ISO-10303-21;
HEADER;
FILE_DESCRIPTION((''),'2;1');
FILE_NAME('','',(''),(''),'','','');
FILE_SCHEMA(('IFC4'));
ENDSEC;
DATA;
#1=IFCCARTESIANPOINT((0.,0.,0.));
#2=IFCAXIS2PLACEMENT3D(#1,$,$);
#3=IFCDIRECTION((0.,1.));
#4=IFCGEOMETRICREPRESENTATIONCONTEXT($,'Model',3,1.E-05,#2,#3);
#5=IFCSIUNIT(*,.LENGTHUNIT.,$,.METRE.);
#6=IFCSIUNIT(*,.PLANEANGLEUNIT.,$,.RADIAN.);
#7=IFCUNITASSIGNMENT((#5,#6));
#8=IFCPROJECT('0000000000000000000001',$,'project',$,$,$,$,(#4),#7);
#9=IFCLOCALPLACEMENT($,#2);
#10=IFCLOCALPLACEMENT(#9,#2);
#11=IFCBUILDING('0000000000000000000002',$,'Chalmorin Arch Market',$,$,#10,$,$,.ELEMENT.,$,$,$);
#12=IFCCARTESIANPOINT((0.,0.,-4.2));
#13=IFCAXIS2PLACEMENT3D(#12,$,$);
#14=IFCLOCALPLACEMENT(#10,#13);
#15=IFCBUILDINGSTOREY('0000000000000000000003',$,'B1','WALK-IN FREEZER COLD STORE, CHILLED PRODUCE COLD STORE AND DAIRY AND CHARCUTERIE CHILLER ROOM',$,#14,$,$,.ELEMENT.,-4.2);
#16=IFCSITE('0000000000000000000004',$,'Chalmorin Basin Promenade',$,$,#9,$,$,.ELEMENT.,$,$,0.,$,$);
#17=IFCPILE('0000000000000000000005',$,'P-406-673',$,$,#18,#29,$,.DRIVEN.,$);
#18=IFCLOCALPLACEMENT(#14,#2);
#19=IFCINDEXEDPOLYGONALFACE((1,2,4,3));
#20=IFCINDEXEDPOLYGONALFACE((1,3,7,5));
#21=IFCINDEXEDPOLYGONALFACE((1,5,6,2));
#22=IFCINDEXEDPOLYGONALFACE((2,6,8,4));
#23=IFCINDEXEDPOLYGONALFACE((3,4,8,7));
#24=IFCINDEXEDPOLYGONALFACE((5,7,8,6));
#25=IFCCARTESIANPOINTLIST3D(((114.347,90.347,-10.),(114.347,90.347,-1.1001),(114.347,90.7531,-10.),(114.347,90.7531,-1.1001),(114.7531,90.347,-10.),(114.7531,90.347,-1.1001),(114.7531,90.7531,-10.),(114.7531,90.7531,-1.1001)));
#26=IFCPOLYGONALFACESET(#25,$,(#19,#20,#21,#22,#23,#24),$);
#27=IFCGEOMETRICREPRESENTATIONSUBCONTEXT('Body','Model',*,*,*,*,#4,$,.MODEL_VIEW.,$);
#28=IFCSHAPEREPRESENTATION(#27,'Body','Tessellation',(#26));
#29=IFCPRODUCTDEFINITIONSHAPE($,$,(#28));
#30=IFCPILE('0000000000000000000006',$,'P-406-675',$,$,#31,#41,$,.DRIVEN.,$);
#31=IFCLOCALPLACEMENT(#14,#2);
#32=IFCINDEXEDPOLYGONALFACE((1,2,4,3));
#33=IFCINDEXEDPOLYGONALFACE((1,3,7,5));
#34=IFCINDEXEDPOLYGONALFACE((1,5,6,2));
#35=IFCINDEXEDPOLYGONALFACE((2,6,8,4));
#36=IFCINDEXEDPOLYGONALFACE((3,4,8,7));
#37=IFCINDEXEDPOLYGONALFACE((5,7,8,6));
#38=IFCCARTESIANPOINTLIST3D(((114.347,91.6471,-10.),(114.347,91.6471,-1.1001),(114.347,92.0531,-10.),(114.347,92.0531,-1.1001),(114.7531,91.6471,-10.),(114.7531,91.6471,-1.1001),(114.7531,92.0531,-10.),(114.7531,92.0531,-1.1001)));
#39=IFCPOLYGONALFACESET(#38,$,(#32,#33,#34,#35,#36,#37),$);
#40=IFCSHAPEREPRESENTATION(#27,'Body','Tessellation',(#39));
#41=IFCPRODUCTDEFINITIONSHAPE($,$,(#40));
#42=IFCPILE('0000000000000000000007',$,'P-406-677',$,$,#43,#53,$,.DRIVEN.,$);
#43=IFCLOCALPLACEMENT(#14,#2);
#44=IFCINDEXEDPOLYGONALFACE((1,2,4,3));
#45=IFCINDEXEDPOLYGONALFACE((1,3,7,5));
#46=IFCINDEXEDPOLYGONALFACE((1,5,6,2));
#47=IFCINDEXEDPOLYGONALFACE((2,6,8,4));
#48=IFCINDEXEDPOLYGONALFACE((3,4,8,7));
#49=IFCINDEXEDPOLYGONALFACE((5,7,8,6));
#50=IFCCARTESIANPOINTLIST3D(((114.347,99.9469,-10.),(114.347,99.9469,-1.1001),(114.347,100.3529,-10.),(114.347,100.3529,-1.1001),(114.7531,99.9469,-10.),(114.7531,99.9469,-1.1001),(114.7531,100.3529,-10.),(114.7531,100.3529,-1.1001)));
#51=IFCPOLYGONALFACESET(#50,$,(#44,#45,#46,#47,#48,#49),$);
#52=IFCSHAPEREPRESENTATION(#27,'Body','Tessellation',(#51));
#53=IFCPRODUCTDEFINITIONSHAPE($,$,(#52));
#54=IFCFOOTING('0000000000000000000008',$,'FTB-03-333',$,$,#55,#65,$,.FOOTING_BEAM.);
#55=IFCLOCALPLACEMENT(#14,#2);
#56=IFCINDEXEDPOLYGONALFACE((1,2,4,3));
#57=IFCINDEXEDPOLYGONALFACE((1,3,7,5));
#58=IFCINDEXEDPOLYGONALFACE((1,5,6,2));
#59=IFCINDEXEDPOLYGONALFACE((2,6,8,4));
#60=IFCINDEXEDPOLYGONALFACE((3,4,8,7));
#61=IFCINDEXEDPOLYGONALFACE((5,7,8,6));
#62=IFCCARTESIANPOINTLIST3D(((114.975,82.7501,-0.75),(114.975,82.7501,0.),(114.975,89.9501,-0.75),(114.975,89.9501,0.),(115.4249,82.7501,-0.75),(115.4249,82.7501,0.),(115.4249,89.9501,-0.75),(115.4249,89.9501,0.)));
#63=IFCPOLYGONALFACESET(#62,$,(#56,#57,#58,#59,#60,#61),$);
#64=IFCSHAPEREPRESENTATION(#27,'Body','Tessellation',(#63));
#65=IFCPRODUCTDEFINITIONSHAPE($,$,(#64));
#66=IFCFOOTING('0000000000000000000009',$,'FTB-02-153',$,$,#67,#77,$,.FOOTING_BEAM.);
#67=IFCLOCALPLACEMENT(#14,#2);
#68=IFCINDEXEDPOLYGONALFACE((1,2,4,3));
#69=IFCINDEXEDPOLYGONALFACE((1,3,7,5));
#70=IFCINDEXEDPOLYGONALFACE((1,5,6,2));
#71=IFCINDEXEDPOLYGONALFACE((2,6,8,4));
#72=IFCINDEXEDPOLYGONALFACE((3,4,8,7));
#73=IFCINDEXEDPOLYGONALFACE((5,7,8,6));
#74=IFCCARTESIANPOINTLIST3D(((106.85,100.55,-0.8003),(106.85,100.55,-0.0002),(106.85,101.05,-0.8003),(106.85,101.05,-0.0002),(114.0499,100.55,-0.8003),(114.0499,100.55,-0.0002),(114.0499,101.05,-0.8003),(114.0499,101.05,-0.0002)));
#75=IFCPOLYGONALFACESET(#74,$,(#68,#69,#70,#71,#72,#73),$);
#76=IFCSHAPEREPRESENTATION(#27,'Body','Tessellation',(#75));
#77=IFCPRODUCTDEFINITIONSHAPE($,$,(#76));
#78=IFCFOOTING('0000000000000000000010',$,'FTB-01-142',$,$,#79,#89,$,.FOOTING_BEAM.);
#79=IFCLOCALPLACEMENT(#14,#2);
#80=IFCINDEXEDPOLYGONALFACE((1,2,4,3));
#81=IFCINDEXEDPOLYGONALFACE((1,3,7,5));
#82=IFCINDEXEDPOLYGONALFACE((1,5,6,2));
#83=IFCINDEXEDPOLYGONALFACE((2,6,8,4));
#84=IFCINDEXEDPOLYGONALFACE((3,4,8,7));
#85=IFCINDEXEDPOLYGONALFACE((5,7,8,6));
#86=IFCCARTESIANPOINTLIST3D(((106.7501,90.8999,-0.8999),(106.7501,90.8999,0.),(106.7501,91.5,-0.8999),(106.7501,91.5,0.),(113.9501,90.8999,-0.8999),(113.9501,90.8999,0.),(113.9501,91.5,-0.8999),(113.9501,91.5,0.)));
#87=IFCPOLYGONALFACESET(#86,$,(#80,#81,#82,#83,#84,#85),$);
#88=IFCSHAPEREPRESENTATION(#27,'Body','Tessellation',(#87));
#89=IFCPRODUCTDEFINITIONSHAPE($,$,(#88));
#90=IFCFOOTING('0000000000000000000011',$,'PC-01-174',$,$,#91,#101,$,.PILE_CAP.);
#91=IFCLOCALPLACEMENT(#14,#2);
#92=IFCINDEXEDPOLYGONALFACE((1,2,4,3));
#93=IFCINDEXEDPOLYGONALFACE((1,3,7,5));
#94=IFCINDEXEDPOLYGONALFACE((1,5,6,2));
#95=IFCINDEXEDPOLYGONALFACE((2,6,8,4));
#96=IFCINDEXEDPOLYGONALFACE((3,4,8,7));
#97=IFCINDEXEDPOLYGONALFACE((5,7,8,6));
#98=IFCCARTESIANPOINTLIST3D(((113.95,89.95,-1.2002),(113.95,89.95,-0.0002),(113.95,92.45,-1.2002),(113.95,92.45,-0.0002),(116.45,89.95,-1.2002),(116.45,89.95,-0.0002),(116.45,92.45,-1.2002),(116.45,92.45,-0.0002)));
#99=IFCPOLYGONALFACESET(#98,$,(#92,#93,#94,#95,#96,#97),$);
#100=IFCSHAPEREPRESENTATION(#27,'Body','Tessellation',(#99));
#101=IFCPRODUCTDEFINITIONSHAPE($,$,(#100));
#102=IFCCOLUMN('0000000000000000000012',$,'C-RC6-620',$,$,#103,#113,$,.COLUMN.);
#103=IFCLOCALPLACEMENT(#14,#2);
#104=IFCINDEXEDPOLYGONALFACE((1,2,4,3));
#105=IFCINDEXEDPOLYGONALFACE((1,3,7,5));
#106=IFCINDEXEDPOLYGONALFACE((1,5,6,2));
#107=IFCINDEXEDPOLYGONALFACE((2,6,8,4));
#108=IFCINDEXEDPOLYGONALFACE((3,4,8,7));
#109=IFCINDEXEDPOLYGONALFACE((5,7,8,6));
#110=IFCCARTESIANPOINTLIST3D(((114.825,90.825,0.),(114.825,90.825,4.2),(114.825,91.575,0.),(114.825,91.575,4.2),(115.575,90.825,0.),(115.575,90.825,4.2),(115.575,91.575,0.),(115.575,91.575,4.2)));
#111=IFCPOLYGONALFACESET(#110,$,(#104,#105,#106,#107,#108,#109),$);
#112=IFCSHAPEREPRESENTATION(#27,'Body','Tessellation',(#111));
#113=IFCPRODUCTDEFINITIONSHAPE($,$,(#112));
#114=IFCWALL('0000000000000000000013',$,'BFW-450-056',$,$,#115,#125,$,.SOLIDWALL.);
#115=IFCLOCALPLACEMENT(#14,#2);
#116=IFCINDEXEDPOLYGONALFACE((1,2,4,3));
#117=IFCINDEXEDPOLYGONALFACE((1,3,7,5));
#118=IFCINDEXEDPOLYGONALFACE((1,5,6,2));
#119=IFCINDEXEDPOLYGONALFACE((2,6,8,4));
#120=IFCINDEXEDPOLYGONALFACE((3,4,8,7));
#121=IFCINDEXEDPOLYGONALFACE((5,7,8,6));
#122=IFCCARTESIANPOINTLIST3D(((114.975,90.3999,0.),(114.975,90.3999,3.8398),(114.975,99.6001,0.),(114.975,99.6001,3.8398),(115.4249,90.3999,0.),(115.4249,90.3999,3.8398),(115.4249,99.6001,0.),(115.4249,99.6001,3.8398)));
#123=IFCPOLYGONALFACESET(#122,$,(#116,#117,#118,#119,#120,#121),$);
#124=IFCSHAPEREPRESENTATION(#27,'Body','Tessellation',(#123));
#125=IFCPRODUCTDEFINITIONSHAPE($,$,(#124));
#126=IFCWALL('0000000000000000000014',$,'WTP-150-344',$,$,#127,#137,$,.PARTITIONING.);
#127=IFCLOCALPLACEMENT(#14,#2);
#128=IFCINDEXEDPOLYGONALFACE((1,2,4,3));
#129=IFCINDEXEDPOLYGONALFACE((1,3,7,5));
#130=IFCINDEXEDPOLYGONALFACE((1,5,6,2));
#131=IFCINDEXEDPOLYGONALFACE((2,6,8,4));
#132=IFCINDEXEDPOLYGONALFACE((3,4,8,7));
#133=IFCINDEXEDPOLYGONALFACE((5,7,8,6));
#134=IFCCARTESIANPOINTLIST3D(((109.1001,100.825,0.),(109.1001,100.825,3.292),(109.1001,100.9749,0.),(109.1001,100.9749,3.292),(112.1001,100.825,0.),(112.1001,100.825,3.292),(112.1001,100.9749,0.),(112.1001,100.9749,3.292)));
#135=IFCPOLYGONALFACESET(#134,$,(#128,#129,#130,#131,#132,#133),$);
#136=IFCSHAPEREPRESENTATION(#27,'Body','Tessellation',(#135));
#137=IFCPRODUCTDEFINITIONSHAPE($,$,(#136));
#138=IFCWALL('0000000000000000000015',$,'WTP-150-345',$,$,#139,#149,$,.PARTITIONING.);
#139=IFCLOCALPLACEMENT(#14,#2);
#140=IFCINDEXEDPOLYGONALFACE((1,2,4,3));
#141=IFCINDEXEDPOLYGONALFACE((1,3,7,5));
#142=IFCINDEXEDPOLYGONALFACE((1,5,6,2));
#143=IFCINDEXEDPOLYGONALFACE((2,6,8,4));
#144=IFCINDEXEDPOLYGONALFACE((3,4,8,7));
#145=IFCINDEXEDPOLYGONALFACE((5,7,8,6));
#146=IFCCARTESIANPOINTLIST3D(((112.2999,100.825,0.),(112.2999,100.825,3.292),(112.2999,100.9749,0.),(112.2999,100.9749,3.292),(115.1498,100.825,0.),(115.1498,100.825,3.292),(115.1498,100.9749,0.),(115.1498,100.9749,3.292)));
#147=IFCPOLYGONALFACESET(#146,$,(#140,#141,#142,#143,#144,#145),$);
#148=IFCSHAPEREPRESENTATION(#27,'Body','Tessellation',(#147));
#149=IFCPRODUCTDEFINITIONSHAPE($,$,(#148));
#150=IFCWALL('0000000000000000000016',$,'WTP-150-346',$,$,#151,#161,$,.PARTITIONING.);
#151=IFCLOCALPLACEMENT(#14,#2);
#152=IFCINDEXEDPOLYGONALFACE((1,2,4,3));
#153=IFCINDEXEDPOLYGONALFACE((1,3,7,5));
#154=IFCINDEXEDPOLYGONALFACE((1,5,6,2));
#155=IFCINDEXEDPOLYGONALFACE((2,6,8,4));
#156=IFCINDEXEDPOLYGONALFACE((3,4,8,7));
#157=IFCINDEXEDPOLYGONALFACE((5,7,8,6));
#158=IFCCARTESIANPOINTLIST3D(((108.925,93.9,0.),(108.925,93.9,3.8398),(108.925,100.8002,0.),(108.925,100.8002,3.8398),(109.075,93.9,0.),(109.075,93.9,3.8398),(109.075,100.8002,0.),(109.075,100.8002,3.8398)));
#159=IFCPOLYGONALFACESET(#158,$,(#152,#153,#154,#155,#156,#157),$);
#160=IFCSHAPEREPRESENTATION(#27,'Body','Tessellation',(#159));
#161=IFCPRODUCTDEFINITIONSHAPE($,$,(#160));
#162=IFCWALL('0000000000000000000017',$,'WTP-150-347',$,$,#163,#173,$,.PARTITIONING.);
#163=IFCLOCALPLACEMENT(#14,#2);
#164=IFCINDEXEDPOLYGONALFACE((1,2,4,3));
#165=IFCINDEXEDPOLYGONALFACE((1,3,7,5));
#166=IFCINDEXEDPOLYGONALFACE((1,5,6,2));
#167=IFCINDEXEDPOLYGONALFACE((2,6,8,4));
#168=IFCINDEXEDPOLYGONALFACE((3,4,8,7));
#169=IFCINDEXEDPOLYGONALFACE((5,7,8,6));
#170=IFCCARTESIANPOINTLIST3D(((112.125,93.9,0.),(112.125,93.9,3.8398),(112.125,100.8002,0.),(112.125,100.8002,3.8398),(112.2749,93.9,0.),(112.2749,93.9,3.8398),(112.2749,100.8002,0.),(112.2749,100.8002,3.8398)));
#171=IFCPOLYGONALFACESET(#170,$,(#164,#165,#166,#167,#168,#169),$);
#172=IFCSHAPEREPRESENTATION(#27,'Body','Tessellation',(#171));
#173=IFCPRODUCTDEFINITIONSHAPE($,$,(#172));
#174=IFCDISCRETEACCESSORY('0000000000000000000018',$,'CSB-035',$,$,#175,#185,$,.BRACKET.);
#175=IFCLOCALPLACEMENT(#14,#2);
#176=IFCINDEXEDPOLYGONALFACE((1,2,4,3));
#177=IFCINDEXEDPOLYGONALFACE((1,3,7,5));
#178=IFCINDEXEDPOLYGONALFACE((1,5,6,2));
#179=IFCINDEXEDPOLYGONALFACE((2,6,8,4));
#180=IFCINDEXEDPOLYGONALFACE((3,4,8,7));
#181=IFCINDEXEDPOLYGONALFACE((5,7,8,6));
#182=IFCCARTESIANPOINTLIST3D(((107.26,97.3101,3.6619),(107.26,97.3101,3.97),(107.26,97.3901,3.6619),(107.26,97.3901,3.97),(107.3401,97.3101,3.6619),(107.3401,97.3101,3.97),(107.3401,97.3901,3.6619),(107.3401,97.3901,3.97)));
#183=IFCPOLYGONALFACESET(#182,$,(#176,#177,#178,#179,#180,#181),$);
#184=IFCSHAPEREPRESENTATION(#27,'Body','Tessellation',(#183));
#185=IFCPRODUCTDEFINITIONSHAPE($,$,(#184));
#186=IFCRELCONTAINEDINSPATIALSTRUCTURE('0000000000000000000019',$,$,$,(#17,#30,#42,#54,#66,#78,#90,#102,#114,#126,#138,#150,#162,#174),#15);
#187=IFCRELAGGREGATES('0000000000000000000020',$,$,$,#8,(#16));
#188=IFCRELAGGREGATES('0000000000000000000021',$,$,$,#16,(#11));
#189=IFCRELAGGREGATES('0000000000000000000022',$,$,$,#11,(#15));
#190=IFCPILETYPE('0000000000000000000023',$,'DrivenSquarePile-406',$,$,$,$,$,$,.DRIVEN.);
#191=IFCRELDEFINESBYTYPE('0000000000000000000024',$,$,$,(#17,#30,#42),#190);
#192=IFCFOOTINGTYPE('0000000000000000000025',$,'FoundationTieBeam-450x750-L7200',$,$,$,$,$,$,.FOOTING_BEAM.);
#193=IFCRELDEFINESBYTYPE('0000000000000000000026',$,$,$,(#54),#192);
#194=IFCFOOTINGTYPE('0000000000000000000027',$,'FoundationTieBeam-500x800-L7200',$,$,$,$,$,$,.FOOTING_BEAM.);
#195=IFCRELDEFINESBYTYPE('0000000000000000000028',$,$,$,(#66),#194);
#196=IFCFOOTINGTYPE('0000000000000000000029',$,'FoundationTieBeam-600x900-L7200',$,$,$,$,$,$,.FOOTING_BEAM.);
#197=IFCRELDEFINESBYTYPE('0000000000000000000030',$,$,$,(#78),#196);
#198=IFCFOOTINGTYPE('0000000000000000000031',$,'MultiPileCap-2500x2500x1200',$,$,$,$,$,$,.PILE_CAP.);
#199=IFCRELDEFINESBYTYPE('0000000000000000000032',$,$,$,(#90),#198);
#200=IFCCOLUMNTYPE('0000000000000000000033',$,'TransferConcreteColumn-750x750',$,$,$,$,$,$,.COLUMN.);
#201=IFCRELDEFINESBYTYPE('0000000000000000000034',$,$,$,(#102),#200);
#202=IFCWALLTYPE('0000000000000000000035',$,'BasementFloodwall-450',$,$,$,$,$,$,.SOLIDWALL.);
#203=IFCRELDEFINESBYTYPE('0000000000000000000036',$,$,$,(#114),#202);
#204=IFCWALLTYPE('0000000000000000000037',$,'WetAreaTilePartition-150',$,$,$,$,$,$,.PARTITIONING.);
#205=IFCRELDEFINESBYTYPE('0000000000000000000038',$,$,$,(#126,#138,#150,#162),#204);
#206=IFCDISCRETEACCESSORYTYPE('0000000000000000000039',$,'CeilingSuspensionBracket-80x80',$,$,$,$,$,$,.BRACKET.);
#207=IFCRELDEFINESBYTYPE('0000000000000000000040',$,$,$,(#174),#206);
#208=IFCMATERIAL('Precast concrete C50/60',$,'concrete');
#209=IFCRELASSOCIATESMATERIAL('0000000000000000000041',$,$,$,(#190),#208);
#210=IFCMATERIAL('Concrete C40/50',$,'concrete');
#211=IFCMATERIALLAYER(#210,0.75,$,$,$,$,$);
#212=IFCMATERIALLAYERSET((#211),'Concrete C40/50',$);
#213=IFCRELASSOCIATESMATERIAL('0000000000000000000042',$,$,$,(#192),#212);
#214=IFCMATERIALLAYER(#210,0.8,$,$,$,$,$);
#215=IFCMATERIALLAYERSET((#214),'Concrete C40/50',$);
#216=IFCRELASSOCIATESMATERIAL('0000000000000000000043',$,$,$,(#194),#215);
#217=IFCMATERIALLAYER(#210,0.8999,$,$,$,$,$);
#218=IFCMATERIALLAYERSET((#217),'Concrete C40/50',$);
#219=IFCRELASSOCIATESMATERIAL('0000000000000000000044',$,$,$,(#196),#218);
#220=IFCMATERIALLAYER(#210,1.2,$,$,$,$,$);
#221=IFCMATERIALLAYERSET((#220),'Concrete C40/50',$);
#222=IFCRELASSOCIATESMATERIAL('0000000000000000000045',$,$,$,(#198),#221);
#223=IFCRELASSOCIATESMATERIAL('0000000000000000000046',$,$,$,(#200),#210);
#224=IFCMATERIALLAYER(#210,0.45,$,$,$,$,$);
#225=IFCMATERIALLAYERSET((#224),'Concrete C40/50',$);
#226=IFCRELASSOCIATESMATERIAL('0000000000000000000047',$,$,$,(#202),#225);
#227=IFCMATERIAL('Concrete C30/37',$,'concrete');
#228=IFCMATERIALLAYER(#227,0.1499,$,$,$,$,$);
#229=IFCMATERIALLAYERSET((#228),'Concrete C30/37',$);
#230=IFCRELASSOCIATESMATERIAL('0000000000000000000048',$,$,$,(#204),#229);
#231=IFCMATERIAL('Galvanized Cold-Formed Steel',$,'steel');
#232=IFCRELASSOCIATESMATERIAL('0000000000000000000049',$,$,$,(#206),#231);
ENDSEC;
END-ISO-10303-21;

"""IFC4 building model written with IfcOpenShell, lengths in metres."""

from ifc_helpers import new_model, si_unit, direction, frame, frame_2d, origin, origin_2d, place, context, subcontext, project, spatial, rectangle, extrude, material, layer, layer_set, material_profile, profile_set, type_object, element, save


model = new_model("IFC4")

# Units and contexts
model_context = context("Model", 3, precision=1e-05, world=origin(), true_north=direction((0.0, 1.0)))
body_context = subcontext(model_context, "Body", "Model", "MODEL_VIEW")
ifc_project = project(units=[si_unit("LENGTHUNIT", "METRE"), si_unit("PLANEANGLEUNIT", "RADIAN")], contexts=[model_context])

# Site, building, storey
site_placement = place(None, origin())
site = spatial("IfcSite", under=ifc_project, at=site_placement, Name="Chalmorin Basin Promenade", CompositionType="ELEMENT", RefElevation=0.0)
building_placement = place(site_placement, origin())
building = spatial("IfcBuilding", under=site, at=building_placement, Name="Chalmorin Arch Market", CompositionType="ELEMENT")
storey_placement = place(building_placement, frame((0.0, 0.0, -4.2)))
storey = spatial("IfcBuildingStorey", under=building, at=storey_placement, Name="B1", Description="WALK-IN FREEZER COLD STORE, CHILLED PRODUCE COLD STORE AND DAIRY AND CHARCUTERIE CHILLER ROOM", CompositionType="ELEMENT", Elevation=-4.2)

# Piles
ifc_material_1 = material(Name="Precast concrete C50/60", Category="concrete")
ifc_material_profile_1 = material_profile(ifc_material_1, rectangle(XDim=0.406, YDim=0.406, at=origin_2d()), Name="PPC406")
ifc_profile_set_1 = profile_set([ifc_material_profile_1], Name="Precast concrete C50/60")
pile_type = type_object("IfcPileType", Name="DrivenSquarePile-406", PredefinedType="DRIVEN", material=ifc_profile_set_1)
for number, where, z_axis, x_axis, name in (
    (1, (114.55, 90.55, -1.1001), (0.0, 0.0, -1.0), (1.0, 0.0, 0.0), "P-406-673"),
    (2, (114.55, 91.8501, -1.1001), (0.0, 0.0, -1.0), (1.0, 0.0, 0.0), "P-406-675"),
    (3, (114.55, 100.1499, -1.1001), (0.0, 0.0, -1.0), (1.0, 0.0, 0.0), "P-406-677"),
):
    element("IfcPile", number, at=place(storey_placement, frame(where, z_axis=z_axis, x_axis=x_axis)), inside=storey, type_object=pile_type, Name=name, PredefinedType="DRIVEN", context=body_context, shape_type="SweptSolid", body=[
        extrude(rectangle(XDim=0.406, YDim=0.406, at=origin_2d()), origin(), (0.0, 0.0, 1.0), 8.8999),
    ])

# Footings
ifc_material_2 = material(Name="Concrete C40/50", Category="concrete")
ifc_layer_1 = layer(ifc_material_2, 0.75)
ifc_layer_set_1 = layer_set([ifc_layer_1], Name="Concrete C40/50")
footing_type_1 = type_object("IfcFootingType", Name="FoundationTieBeam-450x750-L7200", PredefinedType="FOOTING_BEAM", material=ifc_layer_set_1)
footing_1_placement = place(storey_placement, frame((115.2, 86.3501, -0.75), z_axis=(0.0, 0.0, 1.0), x_axis=(0.0, 1.0, 0.0)))
element("IfcFooting", 4, at=footing_1_placement, inside=storey, type_object=footing_type_1, Name="FTB-03-333", PredefinedType="FOOTING_BEAM", context=body_context, shape_type="SweptSolid", body=[
    extrude(rectangle(XDim=7.2, YDim=0.45, at=origin_2d()), origin(), (0.0, 0.0, 1.0), 0.75),
])
ifc_layer_2 = layer(ifc_material_2, 0.8)
ifc_layer_set_2 = layer_set([ifc_layer_2], Name="Concrete C40/50")
footing_type_2 = type_object("IfcFootingType", Name="FoundationTieBeam-500x800-L7200", PredefinedType="FOOTING_BEAM", material=ifc_layer_set_2)
footing_2_placement = place(storey_placement, frame((110.45, 100.8, -0.8003), z_axis=(0.0, 0.0, 1.0), x_axis=(1.0, 0.0, 0.0)))
element("IfcFooting", 5, at=footing_2_placement, inside=storey, type_object=footing_type_2, Name="FTB-02-153", PredefinedType="FOOTING_BEAM", context=body_context, shape_type="SweptSolid", body=[
    extrude(rectangle(XDim=7.2, YDim=0.5, at=origin_2d()), origin(), (0.0, 0.0, 1.0), 0.8),
])
ifc_layer_3 = layer(ifc_material_2, 0.8999)
ifc_layer_set_3 = layer_set([ifc_layer_3], Name="Concrete C40/50")
footing_type_3 = type_object("IfcFootingType", Name="FoundationTieBeam-600x900-L7200", PredefinedType="FOOTING_BEAM", material=ifc_layer_set_3)
footing_3_placement = place(storey_placement, frame((110.3501, 91.2, -0.8999), z_axis=(0.0, 0.0, 1.0), x_axis=(1.0, 0.0, 0.0)))
element("IfcFooting", 6, at=footing_3_placement, inside=storey, type_object=footing_type_3, Name="FTB-01-142", PredefinedType="FOOTING_BEAM", context=body_context, shape_type="SweptSolid", body=[
    extrude(rectangle(XDim=7.2, YDim=0.6001, at=origin_2d()), origin(), (0.0, 0.0, 1.0), 0.8999),
])
ifc_layer_4 = layer(ifc_material_2, 1.2)
ifc_layer_set_4 = layer_set([ifc_layer_4], Name="Concrete C40/50")
footing_type_4 = type_object("IfcFootingType", Name="MultiPileCap-2500x2500x1200", PredefinedType="PILE_CAP", material=ifc_layer_set_4)
footing_4_placement = place(storey_placement, frame((115.2, 91.2, -1.2002), z_axis=(0.0, 0.0, 1.0), x_axis=(1.0, 0.0, 0.0)))
element("IfcFooting", 7, at=footing_4_placement, inside=storey, type_object=footing_type_4, Name="PC-01-174", PredefinedType="PILE_CAP", context=body_context, shape_type="SweptSolid", body=[
    extrude(rectangle(XDim=2.5, YDim=2.5, at=origin_2d()), origin(), (0.0, 0.0, 1.0), 1.2),
])

# Column
ifc_material_profile_2 = material_profile(ifc_material_2, rectangle(XDim=0.75, YDim=0.75, at=origin_2d()), Name="RC750X750")
ifc_profile_set_2 = profile_set([ifc_material_profile_2], Name="Concrete C40/50")
column_type = type_object("IfcColumnType", Name="TransferConcreteColumn-750x750", PredefinedType="COLUMN", material=ifc_profile_set_2)
column_placement = place(storey_placement, frame((115.2, 91.2, 0.0), z_axis=(0.0, 0.0, 1.0), x_axis=(1.0, 0.0, 0.0)))
element("IfcColumn", 8, at=column_placement, inside=storey, type_object=column_type, Name="C-RC6-620", PredefinedType="COLUMN", context=body_context, shape_type="SweptSolid", body=[
    extrude(rectangle(XDim=0.75, YDim=0.75, at=origin_2d()), origin(), (0.0, 0.0, 1.0), 4.2),
])

# Wall
ifc_layer_5 = layer(ifc_material_2, 0.45)
ifc_layer_set_5 = layer_set([ifc_layer_5], Name="Concrete C40/50")
wall_type_1 = type_object("IfcWallType", Name="BasementFloodwall-450", PredefinedType="SOLIDWALL", material=ifc_layer_set_5)
wall_1_placement = place(storey_placement, frame((115.2, 90.3999, 0.0), z_axis=(0.0, 0.0, 1.0), x_axis=(0.0, 1.0, 0.0)))
element("IfcWall", 9, at=wall_1_placement, inside=storey, type_object=wall_type_1, Name="BFW-450-056", PredefinedType="SOLIDWALL", context=body_context, shape_type="SweptSolid", body=[
    extrude(rectangle(XDim=9.2002, YDim=0.45, at=frame_2d((4.6001, 0.0))), origin(), (0.0, 0.0, 1.0), 3.8398),
])

# Shared definitions
ifc_material_3 = material(Name="Concrete C30/37", Category="concrete")
ifc_layer_6 = layer(ifc_material_3, 0.1499)
ifc_layer_set_6 = layer_set([ifc_layer_6], Name="Concrete C30/37")
wall_type_2 = type_object("IfcWallType", Name="WetAreaTilePartition-150", PredefinedType="PARTITIONING", material=ifc_layer_set_6)

# Walls
wall_2_placement = place(storey_placement, frame((109.1001, 100.8999, 0.0), z_axis=(0.0, 0.0, 1.0), x_axis=(1.0, 0.0, 0.0)))
element("IfcWall", 10, at=wall_2_placement, inside=storey, type_object=wall_type_2, Name="WTP-150-344", PredefinedType="PARTITIONING", context=body_context, shape_type="SweptSolid", body=[
    extrude(rectangle(XDim=3.0, YDim=0.1499, at=frame_2d((1.5, 0.0))), origin(), (0.0, 0.0, 1.0), 3.292),
])
wall_3_placement = place(storey_placement, frame((112.3, 100.8999, 0.0), z_axis=(0.0, 0.0, 1.0), x_axis=(1.0, 0.0, 0.0)))
element("IfcWall", 11, at=wall_3_placement, inside=storey, type_object=wall_type_2, Name="WTP-150-345", PredefinedType="PARTITIONING", context=body_context, shape_type="SweptSolid", body=[
    extrude(rectangle(XDim=2.8499, YDim=0.1499, at=frame_2d((1.4248, 0.0))), origin(), (0.0, 0.0, 1.0), 3.292),
])
for number, where, z_axis, x_axis, name in (
    (12, (109.0, 93.8999, 0.0), (0.0, 0.0, 1.0), (0.0, 1.0, 0.0), "WTP-150-346"),
    (13, (112.2, 93.8999, 0.0), (0.0, 0.0, 1.0), (0.0, 1.0, 0.0), "WTP-150-347"),
):
    element("IfcWall", number, at=place(storey_placement, frame(where, z_axis=z_axis, x_axis=x_axis)), inside=storey, type_object=wall_type_2, Name=name, PredefinedType="PARTITIONING", context=body_context, shape_type="SweptSolid", body=[
        extrude(rectangle(XDim=6.9001, YDim=0.1499, at=frame_2d((3.4502, 0.0))), origin(), (0.0, 0.0, 1.0), 3.8398),
    ])

# Discrete accessory
ifc_material_4 = material(Name="Galvanized Cold-Formed Steel", Category="steel")
discrete_accessory_type = type_object("IfcDiscreteAccessoryType", Name="CeilingSuspensionBracket-80x80", PredefinedType="BRACKET", material=ifc_material_4)
for number, where, z_axis, x_axis, name in (
    (14, (107.3, 97.3501, 3.6619), (0.0, 0.0, 1.0), (1.0, 0.0, 0.0), "CSB-035"),
):
    element("IfcDiscreteAccessory", number, at=place(storey_placement, frame(where, z_axis=z_axis, x_axis=x_axis)), inside=storey, type_object=discrete_accessory_type, Name=name, PredefinedType="BRACKET", context=body_context, shape_type="SweptSolid", body=[
        extrude(rectangle(XDim=0.0801, YDim=0.0801, at=origin_2d()), origin(), (0.0, 0.0, 1.0), 0.3081),
    ])

save(model, "model.ifc")
